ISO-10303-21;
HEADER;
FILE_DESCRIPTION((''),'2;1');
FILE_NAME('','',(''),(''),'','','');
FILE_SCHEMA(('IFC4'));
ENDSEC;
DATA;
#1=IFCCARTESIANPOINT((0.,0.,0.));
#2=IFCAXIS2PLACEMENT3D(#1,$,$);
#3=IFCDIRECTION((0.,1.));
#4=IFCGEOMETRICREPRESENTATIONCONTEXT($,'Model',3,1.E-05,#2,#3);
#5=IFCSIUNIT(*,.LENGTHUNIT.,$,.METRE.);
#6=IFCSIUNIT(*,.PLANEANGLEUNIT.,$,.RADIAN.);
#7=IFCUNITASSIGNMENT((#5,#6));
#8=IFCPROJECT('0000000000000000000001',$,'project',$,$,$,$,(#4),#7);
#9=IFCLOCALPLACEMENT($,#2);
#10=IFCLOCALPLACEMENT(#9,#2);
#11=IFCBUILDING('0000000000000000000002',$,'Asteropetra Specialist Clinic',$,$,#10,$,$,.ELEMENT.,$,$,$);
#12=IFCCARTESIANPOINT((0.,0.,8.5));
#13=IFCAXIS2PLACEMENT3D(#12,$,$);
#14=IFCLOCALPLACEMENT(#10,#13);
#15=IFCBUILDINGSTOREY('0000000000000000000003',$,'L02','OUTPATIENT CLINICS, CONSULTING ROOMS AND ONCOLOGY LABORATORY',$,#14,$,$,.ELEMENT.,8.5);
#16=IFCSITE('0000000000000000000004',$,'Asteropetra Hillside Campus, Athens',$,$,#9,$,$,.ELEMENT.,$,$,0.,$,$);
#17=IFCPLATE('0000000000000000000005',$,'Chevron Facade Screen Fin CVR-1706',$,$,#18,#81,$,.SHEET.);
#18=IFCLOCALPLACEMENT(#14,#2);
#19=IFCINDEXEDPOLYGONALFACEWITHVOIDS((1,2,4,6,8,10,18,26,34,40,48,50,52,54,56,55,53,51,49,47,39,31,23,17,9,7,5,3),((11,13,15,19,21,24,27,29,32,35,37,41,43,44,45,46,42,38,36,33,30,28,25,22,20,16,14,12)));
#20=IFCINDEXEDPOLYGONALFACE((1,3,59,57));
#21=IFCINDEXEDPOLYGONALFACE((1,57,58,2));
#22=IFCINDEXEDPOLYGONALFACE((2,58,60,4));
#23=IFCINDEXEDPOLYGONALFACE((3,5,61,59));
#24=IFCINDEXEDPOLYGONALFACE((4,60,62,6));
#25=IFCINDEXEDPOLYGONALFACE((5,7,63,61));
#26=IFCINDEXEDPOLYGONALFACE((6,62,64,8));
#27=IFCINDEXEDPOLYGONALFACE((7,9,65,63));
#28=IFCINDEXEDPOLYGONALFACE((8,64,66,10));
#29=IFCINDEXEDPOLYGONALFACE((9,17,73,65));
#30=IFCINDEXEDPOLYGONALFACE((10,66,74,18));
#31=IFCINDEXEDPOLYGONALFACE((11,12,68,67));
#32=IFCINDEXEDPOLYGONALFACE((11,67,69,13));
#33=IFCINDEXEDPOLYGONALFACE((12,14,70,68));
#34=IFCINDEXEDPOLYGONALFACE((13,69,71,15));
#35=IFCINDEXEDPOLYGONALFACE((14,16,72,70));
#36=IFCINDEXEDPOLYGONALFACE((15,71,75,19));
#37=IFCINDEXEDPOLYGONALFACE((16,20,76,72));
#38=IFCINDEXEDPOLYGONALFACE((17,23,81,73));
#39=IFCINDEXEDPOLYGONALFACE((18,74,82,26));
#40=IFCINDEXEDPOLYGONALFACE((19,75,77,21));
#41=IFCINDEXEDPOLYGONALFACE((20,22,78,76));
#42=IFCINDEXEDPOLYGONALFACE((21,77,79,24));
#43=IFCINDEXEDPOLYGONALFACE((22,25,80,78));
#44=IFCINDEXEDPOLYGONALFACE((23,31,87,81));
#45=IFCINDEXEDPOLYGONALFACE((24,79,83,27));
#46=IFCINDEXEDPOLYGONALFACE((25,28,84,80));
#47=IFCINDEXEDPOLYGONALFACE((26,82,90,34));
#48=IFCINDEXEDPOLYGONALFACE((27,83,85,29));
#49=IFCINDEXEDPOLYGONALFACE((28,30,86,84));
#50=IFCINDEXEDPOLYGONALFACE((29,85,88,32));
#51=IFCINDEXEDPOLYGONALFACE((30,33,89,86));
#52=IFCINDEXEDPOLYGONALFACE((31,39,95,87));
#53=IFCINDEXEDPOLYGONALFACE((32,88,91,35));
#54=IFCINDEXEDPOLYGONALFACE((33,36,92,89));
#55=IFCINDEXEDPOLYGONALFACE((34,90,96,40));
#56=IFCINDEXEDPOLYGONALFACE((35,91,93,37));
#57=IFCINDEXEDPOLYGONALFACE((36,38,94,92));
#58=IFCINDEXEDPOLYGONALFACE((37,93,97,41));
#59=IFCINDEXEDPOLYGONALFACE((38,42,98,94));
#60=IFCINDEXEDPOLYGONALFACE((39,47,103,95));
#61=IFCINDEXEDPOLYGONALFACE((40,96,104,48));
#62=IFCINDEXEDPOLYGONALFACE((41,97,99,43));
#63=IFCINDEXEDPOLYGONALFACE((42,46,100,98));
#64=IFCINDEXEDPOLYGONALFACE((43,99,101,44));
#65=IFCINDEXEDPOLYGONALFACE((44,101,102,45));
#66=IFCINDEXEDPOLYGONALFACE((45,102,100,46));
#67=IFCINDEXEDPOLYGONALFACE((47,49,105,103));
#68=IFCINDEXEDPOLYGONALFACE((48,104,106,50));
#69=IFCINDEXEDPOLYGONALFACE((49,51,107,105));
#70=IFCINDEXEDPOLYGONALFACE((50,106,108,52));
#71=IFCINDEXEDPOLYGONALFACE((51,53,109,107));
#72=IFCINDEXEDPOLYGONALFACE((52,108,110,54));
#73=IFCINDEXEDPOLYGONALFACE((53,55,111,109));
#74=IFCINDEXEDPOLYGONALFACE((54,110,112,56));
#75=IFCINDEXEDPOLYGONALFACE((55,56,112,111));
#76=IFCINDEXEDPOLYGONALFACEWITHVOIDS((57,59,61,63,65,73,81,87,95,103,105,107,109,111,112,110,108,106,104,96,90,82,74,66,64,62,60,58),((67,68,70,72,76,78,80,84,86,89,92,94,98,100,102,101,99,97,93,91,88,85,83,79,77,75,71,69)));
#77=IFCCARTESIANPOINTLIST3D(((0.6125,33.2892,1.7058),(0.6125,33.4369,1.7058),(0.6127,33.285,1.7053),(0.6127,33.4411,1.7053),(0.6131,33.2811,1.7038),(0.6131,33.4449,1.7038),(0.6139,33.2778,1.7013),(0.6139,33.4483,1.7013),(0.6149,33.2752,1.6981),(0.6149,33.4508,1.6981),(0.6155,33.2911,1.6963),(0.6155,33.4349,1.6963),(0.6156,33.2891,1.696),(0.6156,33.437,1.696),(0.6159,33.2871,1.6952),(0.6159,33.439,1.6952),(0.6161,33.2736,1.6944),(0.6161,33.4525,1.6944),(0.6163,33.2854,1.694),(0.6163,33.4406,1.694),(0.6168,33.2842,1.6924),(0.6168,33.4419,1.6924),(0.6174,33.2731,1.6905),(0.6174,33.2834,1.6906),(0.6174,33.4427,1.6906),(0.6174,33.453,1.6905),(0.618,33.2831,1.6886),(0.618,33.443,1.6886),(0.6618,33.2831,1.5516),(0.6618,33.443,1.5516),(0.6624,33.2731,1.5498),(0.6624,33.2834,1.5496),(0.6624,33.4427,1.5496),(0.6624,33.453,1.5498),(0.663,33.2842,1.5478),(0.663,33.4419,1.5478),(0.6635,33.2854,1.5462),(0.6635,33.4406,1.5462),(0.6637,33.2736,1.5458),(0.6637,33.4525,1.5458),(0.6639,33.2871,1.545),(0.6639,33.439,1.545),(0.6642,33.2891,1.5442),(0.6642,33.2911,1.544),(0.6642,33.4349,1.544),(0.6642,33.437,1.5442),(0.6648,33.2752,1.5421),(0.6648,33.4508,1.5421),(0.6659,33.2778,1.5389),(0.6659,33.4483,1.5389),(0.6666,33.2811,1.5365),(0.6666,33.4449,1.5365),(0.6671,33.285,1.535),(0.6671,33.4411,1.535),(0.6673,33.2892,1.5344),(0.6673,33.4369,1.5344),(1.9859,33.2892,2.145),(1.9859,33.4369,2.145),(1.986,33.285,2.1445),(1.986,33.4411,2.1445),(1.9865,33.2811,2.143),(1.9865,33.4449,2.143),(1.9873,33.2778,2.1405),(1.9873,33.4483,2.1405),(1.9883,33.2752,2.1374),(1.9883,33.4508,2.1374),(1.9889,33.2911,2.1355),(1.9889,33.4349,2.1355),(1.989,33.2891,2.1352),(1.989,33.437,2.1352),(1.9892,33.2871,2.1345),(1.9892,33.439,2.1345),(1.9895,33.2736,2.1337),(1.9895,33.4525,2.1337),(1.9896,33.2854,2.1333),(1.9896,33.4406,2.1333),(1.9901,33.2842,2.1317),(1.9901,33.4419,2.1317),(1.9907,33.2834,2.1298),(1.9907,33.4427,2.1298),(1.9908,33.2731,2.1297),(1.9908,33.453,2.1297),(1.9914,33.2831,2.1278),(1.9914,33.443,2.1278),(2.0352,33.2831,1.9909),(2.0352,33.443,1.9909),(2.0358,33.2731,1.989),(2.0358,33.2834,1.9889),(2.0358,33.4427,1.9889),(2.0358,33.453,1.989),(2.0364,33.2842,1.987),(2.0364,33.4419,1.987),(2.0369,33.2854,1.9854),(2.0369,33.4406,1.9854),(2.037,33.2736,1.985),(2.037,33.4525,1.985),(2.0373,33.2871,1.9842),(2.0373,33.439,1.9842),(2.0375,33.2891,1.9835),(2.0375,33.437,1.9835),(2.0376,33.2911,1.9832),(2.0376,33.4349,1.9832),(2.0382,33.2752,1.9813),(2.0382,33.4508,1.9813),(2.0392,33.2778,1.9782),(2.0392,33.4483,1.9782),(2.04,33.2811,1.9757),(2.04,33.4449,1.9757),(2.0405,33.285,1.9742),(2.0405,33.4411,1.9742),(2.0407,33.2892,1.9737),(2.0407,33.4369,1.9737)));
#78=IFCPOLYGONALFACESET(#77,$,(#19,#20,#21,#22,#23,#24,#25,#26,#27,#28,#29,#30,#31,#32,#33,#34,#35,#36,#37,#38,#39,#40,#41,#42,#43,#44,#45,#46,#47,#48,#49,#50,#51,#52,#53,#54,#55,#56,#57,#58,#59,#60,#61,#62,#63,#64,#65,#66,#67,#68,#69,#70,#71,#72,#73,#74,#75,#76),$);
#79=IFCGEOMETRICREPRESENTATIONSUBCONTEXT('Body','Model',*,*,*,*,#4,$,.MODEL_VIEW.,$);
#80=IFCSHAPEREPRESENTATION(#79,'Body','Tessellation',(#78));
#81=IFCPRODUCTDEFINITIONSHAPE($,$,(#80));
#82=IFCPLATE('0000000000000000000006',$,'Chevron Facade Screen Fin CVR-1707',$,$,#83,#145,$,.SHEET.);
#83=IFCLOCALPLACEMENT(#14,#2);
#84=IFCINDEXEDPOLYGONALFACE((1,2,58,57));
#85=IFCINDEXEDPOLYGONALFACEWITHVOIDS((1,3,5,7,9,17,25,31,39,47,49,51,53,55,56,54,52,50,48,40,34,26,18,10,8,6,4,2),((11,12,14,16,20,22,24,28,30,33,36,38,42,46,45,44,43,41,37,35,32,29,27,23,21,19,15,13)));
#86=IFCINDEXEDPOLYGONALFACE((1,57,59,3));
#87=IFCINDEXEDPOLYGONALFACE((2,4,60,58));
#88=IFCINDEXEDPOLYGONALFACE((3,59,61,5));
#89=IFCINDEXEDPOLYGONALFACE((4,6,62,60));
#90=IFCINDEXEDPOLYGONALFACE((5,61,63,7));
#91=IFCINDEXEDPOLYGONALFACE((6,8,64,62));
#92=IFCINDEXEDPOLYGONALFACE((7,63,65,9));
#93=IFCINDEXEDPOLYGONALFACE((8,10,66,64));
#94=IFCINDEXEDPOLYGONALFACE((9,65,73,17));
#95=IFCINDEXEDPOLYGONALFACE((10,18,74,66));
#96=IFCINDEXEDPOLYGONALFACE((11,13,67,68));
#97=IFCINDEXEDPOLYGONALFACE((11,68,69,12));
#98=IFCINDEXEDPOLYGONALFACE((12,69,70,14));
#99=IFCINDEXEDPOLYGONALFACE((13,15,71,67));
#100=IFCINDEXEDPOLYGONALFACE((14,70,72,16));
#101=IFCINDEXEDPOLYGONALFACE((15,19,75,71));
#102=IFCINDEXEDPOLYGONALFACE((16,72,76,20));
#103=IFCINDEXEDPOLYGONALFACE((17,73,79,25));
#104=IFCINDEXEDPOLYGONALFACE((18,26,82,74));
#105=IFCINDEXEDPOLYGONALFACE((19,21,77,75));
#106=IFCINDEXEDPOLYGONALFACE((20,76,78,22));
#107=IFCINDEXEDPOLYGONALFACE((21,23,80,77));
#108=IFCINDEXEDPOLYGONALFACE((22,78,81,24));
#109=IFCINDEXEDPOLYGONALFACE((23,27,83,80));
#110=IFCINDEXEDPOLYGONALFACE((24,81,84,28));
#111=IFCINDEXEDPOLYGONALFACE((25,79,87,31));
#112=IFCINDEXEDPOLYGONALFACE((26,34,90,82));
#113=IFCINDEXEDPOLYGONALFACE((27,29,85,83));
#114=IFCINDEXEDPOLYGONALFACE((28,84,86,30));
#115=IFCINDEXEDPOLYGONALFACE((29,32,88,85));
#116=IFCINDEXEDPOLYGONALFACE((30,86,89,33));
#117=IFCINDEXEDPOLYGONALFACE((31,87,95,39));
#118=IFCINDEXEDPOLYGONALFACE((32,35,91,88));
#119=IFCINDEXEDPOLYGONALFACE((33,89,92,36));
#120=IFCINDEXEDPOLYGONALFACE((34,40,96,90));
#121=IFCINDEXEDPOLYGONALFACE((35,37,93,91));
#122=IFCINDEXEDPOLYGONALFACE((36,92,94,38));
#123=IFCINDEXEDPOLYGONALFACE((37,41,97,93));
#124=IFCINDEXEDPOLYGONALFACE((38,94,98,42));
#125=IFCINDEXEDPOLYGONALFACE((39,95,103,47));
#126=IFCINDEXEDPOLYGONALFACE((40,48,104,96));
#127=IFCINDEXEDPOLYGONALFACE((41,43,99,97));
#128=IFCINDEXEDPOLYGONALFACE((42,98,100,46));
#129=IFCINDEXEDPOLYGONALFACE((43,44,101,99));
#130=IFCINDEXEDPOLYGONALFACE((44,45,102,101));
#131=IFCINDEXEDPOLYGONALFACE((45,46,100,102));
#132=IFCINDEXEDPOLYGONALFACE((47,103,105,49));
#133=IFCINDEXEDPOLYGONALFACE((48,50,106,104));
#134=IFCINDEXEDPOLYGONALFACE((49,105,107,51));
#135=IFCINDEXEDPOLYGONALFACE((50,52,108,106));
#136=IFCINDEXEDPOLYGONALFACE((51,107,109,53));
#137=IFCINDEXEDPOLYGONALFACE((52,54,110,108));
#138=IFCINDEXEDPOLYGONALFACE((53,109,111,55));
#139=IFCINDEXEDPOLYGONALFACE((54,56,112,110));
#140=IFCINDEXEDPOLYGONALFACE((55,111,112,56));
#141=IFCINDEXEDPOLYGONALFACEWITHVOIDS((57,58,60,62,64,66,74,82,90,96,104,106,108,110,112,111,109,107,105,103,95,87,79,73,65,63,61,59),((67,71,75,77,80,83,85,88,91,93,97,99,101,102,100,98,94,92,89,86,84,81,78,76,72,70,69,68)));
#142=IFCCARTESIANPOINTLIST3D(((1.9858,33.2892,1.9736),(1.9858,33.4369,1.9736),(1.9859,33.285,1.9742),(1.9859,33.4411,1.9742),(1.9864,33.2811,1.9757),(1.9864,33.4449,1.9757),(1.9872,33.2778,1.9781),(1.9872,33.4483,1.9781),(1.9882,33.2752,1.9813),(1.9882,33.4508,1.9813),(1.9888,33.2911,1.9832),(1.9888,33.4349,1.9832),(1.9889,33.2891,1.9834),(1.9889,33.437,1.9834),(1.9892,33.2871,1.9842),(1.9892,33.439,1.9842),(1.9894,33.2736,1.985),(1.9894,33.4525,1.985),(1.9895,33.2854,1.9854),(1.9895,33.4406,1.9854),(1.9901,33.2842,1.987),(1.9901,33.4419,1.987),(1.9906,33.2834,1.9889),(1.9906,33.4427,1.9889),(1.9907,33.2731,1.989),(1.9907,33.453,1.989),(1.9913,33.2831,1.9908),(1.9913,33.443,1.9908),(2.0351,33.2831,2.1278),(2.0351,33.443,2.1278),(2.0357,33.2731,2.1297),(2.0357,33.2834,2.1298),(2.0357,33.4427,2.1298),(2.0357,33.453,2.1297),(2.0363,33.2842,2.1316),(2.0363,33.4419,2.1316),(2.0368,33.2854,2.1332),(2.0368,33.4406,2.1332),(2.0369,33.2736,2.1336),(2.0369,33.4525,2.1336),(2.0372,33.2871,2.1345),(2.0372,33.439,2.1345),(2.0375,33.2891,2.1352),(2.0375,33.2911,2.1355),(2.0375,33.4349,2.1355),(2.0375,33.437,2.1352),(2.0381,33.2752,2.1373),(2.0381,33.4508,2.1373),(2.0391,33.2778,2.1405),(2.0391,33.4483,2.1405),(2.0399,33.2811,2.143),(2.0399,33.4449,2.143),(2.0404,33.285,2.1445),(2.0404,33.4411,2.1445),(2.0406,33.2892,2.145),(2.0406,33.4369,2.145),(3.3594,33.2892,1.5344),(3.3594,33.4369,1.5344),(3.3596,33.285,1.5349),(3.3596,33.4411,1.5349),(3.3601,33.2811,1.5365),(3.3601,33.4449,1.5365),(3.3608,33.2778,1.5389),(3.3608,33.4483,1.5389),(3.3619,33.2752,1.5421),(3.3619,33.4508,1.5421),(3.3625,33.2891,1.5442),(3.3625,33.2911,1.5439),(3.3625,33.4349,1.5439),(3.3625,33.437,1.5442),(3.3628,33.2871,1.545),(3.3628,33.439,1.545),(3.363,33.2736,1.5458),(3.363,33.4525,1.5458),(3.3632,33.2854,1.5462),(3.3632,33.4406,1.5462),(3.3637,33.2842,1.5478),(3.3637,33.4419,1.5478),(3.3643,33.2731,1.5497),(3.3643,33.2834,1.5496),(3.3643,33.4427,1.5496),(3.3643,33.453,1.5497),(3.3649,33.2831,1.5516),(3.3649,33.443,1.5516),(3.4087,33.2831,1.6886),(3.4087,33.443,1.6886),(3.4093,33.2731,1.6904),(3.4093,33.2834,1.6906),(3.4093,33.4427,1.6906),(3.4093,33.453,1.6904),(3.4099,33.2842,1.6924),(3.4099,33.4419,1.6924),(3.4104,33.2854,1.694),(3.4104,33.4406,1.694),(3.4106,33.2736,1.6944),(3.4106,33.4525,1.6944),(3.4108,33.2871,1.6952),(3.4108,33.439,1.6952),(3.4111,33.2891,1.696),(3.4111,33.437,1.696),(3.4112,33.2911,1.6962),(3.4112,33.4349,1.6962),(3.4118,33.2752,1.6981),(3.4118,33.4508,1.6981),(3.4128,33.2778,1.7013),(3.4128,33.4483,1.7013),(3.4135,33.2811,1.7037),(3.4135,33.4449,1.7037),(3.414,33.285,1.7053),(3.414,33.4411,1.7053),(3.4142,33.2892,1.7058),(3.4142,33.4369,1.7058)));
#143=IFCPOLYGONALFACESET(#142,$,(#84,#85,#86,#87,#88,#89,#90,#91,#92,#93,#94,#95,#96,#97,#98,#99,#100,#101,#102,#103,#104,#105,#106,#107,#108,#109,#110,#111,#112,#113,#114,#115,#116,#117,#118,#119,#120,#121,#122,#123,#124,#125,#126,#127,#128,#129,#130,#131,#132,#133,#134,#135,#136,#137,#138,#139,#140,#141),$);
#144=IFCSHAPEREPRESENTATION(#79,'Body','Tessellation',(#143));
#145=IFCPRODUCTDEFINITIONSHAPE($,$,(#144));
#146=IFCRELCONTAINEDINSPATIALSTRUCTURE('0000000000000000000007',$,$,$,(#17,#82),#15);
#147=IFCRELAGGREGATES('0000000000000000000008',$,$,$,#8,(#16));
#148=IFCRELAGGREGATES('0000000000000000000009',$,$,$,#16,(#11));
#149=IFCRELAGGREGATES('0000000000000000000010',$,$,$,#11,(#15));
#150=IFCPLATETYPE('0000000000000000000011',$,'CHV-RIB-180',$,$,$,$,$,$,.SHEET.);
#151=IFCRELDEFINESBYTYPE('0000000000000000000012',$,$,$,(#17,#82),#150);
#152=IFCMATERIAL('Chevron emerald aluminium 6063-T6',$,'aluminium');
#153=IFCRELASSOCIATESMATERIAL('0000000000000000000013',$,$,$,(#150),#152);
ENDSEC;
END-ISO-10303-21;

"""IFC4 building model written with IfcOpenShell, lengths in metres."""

from ifc_helpers import new_model, si_unit, direction, frame, origin, origin_2d, place, context, subcontext, project, spatial, hollow_rectangle, extrude, material, material_profile, profile_set, type_object, element, save


model = new_model("IFC4")

# Units and contexts
model_context = context("Model", 3, precision=1e-05, world=origin(), true_north=direction((0.0, 1.0)))
body_context = subcontext(model_context, "Body", "Model", "MODEL_VIEW")
ifc_project = project(units=[si_unit("LENGTHUNIT", "METRE"), si_unit("PLANEANGLEUNIT", "RADIAN")], contexts=[model_context])

# Site, building, storey
site_placement = place(None, origin())
site = spatial("IfcSite", under=ifc_project, at=site_placement, Name="Asteropetra Hillside Campus, Athens", CompositionType="ELEMENT", RefElevation=0.0)
building_placement = place(site_placement, origin())
building = spatial("IfcBuilding", under=site, at=building_placement, Name="Asteropetra Specialist Clinic", CompositionType="ELEMENT")
storey_placement = place(building_placement, frame((0.0, 0.0, 8.5)))
storey = spatial("IfcBuildingStorey", under=building, at=storey_placement, Name="L02", Description="OUTPATIENT CLINICS, CONSULTING ROOMS AND ONCOLOGY LABORATORY", CompositionType="ELEMENT", Elevation=8.5)

# Plates
ifc_material_1 = material(Name="Chevron emerald aluminium 6063-T6", Category="aluminium")
ifc_material_profile_1 = material_profile(ifc_material_1, hollow_rectangle(XDim=0.1799, YDim=0.1799, WallThickness=0.01, InnerFilletRadius=0.0081, OuterFilletRadius=0.0161, at=origin_2d()), Name="SHS 180x180x10.0")
ifc_profile_set_1 = profile_set([ifc_material_profile_1], Name="Chevron emerald aluminium 6063-T6")
plate_type_1 = type_object("IfcPlateType", Name="CHV-RIB-180", PredefinedType="SHEET", material=ifc_profile_set_1)
plate_1_placement = place(storey_placement, frame((0.6399, 33.363, 1.6201), z_axis=(0.952473, 0.0, 0.304622), x_axis=(0.0, 1.0, 0.0)))
element("IfcPlate", 1, at=plate_1_placement, inside=storey, type_object=plate_type_1, Name="Chevron Facade Screen Fin CVR-1706", PredefinedType="SHEET", context=body_context, shape_type="SweptSolid", body=[
    extrude(hollow_rectangle(XDim=0.1799, YDim=0.1799, WallThickness=0.01, InnerFilletRadius=0.0081, OuterFilletRadius=0.0161, at=origin_2d()), origin(), (0.0, 0.0, 1.0), 1.4419),
])
plate_2_placement = place(storey_placement, frame((2.0132, 33.363, 2.0593), z_axis=(0.952489, 0.0, -0.304573), x_axis=(0.0, 1.0, 0.0)))
element("IfcPlate", 2, at=plate_2_placement, inside=storey, type_object=plate_type_1, Name="Chevron Facade Screen Fin CVR-1707", PredefinedType="SHEET", context=body_context, shape_type="SweptSolid", body=[
    extrude(hollow_rectangle(XDim=0.1799, YDim=0.1799, WallThickness=0.01, InnerFilletRadius=0.0081, OuterFilletRadius=0.0161, at=origin_2d()), origin(), (0.0, 0.0, 1.0), 1.4421),
])

save(model, "model.ifc")
